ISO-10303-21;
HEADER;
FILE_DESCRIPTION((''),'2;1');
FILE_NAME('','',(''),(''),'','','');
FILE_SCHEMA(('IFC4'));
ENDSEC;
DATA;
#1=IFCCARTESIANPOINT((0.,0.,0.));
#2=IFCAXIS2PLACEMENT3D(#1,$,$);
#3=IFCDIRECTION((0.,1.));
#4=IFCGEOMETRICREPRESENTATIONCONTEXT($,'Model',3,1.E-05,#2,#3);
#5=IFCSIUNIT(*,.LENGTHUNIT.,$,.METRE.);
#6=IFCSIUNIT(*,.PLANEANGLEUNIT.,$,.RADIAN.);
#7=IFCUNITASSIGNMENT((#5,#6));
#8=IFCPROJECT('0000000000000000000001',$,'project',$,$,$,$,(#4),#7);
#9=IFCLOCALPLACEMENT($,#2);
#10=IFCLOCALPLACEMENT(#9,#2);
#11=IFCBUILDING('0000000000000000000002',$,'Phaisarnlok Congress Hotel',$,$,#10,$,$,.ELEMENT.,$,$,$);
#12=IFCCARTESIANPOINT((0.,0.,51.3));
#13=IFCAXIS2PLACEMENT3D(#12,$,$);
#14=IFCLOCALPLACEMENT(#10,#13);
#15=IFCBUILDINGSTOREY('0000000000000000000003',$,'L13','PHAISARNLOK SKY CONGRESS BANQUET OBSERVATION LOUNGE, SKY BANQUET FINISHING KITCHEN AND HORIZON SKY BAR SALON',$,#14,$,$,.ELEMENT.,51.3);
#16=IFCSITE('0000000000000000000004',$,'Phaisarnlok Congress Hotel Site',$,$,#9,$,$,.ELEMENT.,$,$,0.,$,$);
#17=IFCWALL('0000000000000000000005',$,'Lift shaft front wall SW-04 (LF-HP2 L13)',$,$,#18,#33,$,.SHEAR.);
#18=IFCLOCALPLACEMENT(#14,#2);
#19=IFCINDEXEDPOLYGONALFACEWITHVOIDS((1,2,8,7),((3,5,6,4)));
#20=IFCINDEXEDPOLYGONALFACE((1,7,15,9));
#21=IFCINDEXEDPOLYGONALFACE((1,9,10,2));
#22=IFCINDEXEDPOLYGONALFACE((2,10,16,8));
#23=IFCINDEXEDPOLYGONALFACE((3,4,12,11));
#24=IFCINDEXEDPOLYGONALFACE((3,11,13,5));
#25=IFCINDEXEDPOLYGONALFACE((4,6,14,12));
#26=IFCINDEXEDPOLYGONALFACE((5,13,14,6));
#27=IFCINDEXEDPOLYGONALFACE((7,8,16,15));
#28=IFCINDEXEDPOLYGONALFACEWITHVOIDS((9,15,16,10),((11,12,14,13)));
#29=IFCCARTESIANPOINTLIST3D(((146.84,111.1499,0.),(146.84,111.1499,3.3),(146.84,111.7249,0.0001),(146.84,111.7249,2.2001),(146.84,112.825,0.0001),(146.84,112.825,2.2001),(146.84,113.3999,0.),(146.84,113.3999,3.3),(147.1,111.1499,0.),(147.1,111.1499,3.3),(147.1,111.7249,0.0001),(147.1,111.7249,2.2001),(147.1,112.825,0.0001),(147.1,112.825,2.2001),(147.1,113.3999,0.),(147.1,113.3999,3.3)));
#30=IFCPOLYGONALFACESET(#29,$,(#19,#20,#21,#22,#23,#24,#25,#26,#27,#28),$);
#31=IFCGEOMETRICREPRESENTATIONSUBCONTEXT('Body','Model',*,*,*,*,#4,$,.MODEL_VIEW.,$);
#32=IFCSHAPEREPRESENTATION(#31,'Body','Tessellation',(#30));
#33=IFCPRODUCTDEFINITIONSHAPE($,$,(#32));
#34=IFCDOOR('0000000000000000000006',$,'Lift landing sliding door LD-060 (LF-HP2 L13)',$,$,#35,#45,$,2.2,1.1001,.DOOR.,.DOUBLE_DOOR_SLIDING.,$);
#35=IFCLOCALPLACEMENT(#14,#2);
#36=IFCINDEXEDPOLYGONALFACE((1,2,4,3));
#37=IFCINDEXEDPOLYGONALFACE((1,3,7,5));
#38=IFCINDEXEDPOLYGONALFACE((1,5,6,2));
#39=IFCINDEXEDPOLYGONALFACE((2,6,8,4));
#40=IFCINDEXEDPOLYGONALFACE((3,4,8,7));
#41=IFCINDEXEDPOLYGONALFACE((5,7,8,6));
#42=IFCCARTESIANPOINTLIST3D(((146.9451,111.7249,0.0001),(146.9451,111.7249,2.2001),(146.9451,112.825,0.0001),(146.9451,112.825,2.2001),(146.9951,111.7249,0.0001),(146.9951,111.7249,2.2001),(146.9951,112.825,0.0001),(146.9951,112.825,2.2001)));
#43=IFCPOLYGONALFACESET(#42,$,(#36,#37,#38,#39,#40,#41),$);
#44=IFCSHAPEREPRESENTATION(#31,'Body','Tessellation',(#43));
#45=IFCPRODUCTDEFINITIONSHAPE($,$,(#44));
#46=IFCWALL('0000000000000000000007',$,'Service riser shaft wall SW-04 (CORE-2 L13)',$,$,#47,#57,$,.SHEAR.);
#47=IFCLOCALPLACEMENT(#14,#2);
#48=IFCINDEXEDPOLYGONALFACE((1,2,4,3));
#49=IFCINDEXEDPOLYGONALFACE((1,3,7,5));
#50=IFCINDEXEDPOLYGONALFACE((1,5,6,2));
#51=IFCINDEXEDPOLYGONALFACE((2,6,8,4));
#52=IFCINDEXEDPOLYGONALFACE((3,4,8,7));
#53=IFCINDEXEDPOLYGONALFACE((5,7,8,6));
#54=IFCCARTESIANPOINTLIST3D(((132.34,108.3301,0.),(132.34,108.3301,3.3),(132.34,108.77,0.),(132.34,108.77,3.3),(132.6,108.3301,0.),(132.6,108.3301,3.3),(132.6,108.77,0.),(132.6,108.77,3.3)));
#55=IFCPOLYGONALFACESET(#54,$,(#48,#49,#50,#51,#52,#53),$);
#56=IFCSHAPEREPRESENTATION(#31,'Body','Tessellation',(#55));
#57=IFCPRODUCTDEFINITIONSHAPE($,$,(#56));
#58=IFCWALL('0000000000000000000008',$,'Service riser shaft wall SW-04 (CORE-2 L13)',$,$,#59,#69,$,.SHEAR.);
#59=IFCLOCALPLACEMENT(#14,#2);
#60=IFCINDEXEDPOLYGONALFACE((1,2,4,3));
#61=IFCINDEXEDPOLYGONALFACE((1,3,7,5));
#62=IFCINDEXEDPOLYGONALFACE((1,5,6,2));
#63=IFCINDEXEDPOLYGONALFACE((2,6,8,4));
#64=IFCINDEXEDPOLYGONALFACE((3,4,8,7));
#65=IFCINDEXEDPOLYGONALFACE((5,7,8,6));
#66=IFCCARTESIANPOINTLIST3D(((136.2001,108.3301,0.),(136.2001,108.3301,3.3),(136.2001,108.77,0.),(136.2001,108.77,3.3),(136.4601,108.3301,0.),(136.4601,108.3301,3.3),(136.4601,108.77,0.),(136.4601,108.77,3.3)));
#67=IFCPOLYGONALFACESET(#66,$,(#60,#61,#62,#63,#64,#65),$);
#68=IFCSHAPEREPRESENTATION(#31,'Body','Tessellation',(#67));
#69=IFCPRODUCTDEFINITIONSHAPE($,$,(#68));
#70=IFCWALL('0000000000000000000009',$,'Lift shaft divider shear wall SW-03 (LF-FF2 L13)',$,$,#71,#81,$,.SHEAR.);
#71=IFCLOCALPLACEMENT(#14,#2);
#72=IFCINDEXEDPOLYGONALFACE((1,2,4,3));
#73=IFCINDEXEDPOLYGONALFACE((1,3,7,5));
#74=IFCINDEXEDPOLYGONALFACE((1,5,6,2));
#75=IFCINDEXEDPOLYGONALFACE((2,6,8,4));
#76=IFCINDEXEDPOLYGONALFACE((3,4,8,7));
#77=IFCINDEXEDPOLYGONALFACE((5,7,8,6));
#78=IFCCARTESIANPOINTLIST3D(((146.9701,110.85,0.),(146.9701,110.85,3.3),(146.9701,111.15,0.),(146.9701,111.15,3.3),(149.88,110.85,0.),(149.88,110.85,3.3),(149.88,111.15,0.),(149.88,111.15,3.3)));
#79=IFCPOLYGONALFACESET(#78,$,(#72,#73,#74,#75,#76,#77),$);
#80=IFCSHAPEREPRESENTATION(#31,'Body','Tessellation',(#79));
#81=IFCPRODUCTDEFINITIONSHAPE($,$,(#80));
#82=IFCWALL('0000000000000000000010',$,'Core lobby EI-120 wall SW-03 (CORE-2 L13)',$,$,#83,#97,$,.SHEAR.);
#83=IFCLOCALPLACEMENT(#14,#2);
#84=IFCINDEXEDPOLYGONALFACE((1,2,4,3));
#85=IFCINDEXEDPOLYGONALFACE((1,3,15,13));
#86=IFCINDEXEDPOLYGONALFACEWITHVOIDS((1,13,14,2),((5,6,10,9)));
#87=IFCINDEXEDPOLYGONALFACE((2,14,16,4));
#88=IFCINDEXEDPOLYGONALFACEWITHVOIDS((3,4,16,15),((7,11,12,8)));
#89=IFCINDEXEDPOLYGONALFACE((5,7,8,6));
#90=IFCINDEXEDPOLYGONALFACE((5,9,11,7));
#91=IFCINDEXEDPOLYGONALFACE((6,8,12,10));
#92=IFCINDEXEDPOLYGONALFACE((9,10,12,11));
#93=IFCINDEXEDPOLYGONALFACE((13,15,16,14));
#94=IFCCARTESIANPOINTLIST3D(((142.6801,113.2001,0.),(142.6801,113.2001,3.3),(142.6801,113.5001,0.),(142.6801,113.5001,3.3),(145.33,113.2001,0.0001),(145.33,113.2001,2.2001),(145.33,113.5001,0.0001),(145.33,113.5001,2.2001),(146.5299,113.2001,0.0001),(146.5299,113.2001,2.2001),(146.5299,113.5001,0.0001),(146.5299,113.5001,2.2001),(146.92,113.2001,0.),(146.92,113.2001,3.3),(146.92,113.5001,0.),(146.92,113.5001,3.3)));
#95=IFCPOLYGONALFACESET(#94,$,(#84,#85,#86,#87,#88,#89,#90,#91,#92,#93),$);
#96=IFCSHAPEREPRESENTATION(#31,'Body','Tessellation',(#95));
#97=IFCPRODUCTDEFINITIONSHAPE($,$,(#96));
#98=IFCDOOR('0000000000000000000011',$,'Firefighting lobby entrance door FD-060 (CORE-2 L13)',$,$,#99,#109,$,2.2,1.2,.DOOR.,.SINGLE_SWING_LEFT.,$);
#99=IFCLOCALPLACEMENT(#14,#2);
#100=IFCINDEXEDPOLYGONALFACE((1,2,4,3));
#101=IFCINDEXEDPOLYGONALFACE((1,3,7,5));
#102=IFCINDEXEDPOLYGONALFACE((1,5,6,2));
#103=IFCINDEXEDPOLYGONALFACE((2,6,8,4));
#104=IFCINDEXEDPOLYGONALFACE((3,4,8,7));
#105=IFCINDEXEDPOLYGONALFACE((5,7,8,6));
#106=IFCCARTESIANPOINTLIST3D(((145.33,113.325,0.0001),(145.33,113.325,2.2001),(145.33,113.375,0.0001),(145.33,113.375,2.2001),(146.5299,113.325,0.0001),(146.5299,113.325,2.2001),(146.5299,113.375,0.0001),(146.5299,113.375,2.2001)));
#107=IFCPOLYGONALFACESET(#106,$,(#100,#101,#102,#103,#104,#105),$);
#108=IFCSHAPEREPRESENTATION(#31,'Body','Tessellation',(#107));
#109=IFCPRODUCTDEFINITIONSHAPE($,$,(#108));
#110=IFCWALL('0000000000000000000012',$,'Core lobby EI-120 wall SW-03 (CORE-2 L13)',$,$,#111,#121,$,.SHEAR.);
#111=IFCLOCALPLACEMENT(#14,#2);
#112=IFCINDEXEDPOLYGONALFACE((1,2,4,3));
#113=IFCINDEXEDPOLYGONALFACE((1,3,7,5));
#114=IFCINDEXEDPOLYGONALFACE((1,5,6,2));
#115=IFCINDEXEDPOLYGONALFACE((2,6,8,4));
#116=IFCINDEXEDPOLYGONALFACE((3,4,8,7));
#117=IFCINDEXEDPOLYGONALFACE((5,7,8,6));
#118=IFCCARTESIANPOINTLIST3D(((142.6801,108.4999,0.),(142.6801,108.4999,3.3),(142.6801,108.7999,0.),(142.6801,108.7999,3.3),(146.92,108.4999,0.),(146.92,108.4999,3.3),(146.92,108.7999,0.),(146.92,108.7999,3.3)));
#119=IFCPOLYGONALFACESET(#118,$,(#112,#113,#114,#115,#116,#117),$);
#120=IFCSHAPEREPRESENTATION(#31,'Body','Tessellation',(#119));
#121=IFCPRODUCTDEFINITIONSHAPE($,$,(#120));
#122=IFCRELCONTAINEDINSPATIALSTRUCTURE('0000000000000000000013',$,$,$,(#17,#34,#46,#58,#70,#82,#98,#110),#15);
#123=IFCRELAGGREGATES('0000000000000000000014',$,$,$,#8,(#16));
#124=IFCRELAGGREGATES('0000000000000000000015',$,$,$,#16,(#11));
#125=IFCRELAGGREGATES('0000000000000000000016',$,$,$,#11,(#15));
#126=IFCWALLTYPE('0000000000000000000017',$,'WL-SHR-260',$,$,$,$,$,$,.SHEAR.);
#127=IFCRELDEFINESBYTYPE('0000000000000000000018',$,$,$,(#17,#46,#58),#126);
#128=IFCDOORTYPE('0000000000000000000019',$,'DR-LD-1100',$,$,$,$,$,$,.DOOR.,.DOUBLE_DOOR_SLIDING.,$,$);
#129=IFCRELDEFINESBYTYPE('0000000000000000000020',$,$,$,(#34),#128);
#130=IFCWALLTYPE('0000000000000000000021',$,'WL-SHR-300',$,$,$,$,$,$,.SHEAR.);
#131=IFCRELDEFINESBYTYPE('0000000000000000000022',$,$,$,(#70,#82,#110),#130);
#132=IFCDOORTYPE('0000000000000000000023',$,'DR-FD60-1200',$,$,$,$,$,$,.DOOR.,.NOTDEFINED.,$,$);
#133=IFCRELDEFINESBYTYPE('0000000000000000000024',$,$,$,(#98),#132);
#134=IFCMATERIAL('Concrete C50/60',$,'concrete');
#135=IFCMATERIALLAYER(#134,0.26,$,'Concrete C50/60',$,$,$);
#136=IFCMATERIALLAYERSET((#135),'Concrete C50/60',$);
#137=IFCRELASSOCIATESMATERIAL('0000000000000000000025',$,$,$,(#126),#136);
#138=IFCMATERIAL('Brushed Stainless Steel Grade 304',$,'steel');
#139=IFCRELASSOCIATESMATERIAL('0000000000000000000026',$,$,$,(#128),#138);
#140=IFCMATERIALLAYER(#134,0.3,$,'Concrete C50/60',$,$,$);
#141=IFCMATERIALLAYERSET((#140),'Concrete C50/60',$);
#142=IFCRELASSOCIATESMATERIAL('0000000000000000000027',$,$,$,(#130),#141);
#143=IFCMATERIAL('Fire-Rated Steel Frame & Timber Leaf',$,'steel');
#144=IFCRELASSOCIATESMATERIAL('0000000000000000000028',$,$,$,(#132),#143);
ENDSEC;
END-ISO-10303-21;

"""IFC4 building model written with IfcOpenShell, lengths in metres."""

from ifc_helpers import new_model, si_unit, direction, frame, frame_2d, origin, place, context, subcontext, project, spatial, rectangle, extrude, material, layer, layer_set, type_object, element, fill, save


model = new_model("IFC4")

# Units and contexts
model_context = context("Model", 3, precision=1e-05, world=origin(), true_north=direction((0.0, 1.0)))
body_context = subcontext(model_context, "Body", "Model", "MODEL_VIEW")
ifc_project = project(units=[si_unit("LENGTHUNIT", "METRE"), si_unit("PLANEANGLEUNIT", "RADIAN")], contexts=[model_context])

# Site, building, storey
site_placement = place(None, origin())
site = spatial("IfcSite", under=ifc_project, at=site_placement, Name="Phaisarnlok Congress Hotel Site", CompositionType="ELEMENT", RefElevation=0.0)
building_placement = place(site_placement, origin())
building = spatial("IfcBuilding", under=site, at=building_placement, Name="Phaisarnlok Congress Hotel", CompositionType="ELEMENT")
storey_placement = place(building_placement, frame((0.0, 0.0, 51.3)))
storey = spatial("IfcBuildingStorey", under=building, at=storey_placement, Name="L13", Description="PHAISARNLOK SKY CONGRESS BANQUET OBSERVATION LOUNGE, SKY BANQUET FINISHING KITCHEN AND HORIZON SKY BAR SALON", CompositionType="ELEMENT", Elevation=51.3)

# Shared definitions
ifc_material_1 = material(Name="Concrete C50/60", Category="concrete")
ifc_layer_1 = layer(ifc_material_1, 0.26, Name="Concrete C50/60")
ifc_layer_set_1 = layer_set([ifc_layer_1], Name="Concrete C50/60")
wall_type_1 = type_object("IfcWallType", Name="WL-SHR-260", PredefinedType="SHEAR", material=ifc_layer_set_1)

# Shared definitions
ifc_material_2 = material(Name="Fire-Rated Steel Frame & Timber Leaf", Category="steel")

# Shared definitions
ifc_material_3 = material(Name="Brushed Stainless Steel Grade 304", Category="steel")
door_type_1 = type_object("IfcDoorType", Name="DR-LD-1100", OperationType="DOUBLE_DOOR_SLIDING", PredefinedType="DOOR", material=ifc_material_3)

# Wall, opening, door
wall_1_placement = place(storey_placement, frame((146.97, 111.1499, 0.0), z_axis=(0.0, 0.0, 1.0), x_axis=(0.0, 1.0, 0.0)))
wall_1 = element("IfcWall", 1, at=wall_1_placement, inside=storey, type_object=wall_type_1, Name="Lift shaft front wall SW-04 (LF-HP2 L13)", PredefinedType="SHEAR", context=body_context, shape_type="SweptSolid", body=[
    extrude(rectangle(XDim=2.25, YDim=0.26, at=frame_2d((1.125, 0.0))), origin(), (0.0, 0.0, 1.0), 3.3),
])
opening_1_placement = place(wall_1_placement, frame((0.575, 0.0, 0.0)))
opening_1 = element("IfcOpeningElement", 2, at=opening_1_placement, cuts=wall_1, PredefinedType="OPENING", context=body_context, shape_type="SweptSolid", body=[
    extrude(rectangle(XDim=1.1001, YDim=2.2, at=frame_2d((0.55, 1.1001))), frame((0.0, 0.1401, 0.0), z_axis=(0.0, -1.0, 0.0), x_axis=(1.0, 0.0, 0.0)), (0.0, 0.0, 1.0), 0.28),
])
door_1_placement = place(opening_1_placement, origin())
door_1 = element("IfcDoor", 3, at=door_1_placement, inside=storey, type_object=door_type_1, Name="Lift landing sliding door LD-060 (LF-HP2 L13)", OperationType="DOUBLE_DOOR_SLIDING", OverallHeight=2.2, OverallWidth=1.1001, PredefinedType="DOOR", context=body_context, shape_type="SweptSolid", body=[
    extrude(rectangle(XDim=1.1001, YDim=2.2, at=frame_2d((0.55, 1.1001))), frame((0.0, 0.0249, 0.0), z_axis=(0.0, -1.0, 0.0), x_axis=(1.0, 0.0, 0.0)), (0.0, 0.0, 1.0), 0.05),
])
fill(opening_1, door_1)

# Walls
for number, where, z_axis, x_axis, name in (
    (4, (132.47, 108.3301, 0.0), (0.0, 0.0, 1.0), (0.0, 1.0, 0.0), "Service riser shaft wall SW-04 (CORE-2 L13)"),
    (5, (136.3301, 108.3301, 0.0), (0.0, 0.0, 1.0), (0.0, 1.0, 0.0), "Service riser shaft wall SW-04 (CORE-2 L13)"),
):
    element("IfcWall", number, at=place(storey_placement, frame(where, z_axis=z_axis, x_axis=x_axis)), inside=storey, type_object=wall_type_1, Name=name, PredefinedType="SHEAR", context=body_context, shape_type="SweptSolid", body=[
        extrude(rectangle(XDim=0.4399, YDim=0.26, at=frame_2d((0.22, 0.0))), origin(), (0.0, 0.0, 1.0), 3.3),
    ])
ifc_layer_2 = layer(ifc_material_1, 0.3, Name="Concrete C50/60")
ifc_layer_set_2 = layer_set([ifc_layer_2], Name="Concrete C50/60")
wall_type_2 = type_object("IfcWallType", Name="WL-SHR-300", PredefinedType="SHEAR", material=ifc_layer_set_2)
wall_2_placement = place(storey_placement, frame((146.97, 111.0, 0.0), z_axis=(0.0, 0.0, 1.0), x_axis=(1.0, 0.0, 0.0)))
element("IfcWall", 6, at=wall_2_placement, inside=storey, type_object=wall_type_2, Name="Lift shaft divider shear wall SW-03 (LF-FF2 L13)", PredefinedType="SHEAR", context=body_context, shape_type="SweptSolid", body=[
    extrude(rectangle(XDim=2.9099, YDim=0.3, at=frame_2d((1.4551, 0.0))), origin(), (0.0, 0.0, 1.0), 3.3),
])

# Wall, opening, door
wall_3_placement = place(storey_placement, frame((142.6799, 113.3501, 0.0), z_axis=(0.0, 0.0, 1.0), x_axis=(1.0, 0.0, 0.0)))
wall_3 = element("IfcWall", 7, at=wall_3_placement, inside=storey, type_object=wall_type_2, Name="Core lobby EI-120 wall SW-03 (CORE-2 L13)", PredefinedType="SHEAR", context=body_context, shape_type="SweptSolid", body=[
    extrude(rectangle(XDim=4.24, YDim=0.3, at=frame_2d((2.1201, 0.0))), origin(), (0.0, 0.0, 1.0), 3.3),
])
opening_2_placement = place(wall_3_placement, frame((2.6499, 0.0, 0.0)))
opening_2 = element("IfcOpeningElement", 8, at=opening_2_placement, cuts=wall_3, PredefinedType="OPENING", context=body_context, shape_type="SweptSolid", body=[
    extrude(rectangle(XDim=1.2, YDim=2.2, at=frame_2d((0.6001, 1.1001))), frame((0.0, 0.1602, 0.0), z_axis=(0.0, -1.0, 0.0), x_axis=(1.0, 0.0, 0.0)), (0.0, 0.0, 1.0), 0.3201),
])
door_type_2 = type_object("IfcDoorType", Name="DR-FD60-1200", OperationType="NOTDEFINED", PredefinedType="DOOR", material=ifc_material_2)
door_2_placement = place(opening_2_placement, origin())
door_2 = element("IfcDoor", 9, at=door_2_placement, inside=storey, type_object=door_type_2, Name="Firefighting lobby entrance door FD-060 (CORE-2 L13)", OperationType="SINGLE_SWING_LEFT", OverallHeight=2.2, OverallWidth=1.2, PredefinedType="DOOR", context=body_context, shape_type="SweptSolid", body=[
    extrude(rectangle(XDim=1.2, YDim=2.2, at=frame_2d((0.6001, 1.1001))), frame((0.0, 0.0249, 0.0), z_axis=(0.0, -1.0, 0.0), x_axis=(1.0, 0.0, 0.0)), (0.0, 0.0, 1.0), 0.05),
])
fill(opening_2, door_2)

# Wall
wall_4_placement = place(storey_placement, frame((142.6799, 108.6499, 0.0), z_axis=(0.0, 0.0, 1.0), x_axis=(1.0, 0.0, 0.0)))
element("IfcWall", 10, at=wall_4_placement, inside=storey, type_object=wall_type_2, Name="Core lobby EI-120 wall SW-03 (CORE-2 L13)", PredefinedType="SHEAR", context=body_context, shape_type="SweptSolid", body=[
    extrude(rectangle(XDim=4.24, YDim=0.3, at=frame_2d((2.1201, 0.0))), origin(), (0.0, 0.0, 1.0), 3.3),
])

save(model, "model.ifc")
